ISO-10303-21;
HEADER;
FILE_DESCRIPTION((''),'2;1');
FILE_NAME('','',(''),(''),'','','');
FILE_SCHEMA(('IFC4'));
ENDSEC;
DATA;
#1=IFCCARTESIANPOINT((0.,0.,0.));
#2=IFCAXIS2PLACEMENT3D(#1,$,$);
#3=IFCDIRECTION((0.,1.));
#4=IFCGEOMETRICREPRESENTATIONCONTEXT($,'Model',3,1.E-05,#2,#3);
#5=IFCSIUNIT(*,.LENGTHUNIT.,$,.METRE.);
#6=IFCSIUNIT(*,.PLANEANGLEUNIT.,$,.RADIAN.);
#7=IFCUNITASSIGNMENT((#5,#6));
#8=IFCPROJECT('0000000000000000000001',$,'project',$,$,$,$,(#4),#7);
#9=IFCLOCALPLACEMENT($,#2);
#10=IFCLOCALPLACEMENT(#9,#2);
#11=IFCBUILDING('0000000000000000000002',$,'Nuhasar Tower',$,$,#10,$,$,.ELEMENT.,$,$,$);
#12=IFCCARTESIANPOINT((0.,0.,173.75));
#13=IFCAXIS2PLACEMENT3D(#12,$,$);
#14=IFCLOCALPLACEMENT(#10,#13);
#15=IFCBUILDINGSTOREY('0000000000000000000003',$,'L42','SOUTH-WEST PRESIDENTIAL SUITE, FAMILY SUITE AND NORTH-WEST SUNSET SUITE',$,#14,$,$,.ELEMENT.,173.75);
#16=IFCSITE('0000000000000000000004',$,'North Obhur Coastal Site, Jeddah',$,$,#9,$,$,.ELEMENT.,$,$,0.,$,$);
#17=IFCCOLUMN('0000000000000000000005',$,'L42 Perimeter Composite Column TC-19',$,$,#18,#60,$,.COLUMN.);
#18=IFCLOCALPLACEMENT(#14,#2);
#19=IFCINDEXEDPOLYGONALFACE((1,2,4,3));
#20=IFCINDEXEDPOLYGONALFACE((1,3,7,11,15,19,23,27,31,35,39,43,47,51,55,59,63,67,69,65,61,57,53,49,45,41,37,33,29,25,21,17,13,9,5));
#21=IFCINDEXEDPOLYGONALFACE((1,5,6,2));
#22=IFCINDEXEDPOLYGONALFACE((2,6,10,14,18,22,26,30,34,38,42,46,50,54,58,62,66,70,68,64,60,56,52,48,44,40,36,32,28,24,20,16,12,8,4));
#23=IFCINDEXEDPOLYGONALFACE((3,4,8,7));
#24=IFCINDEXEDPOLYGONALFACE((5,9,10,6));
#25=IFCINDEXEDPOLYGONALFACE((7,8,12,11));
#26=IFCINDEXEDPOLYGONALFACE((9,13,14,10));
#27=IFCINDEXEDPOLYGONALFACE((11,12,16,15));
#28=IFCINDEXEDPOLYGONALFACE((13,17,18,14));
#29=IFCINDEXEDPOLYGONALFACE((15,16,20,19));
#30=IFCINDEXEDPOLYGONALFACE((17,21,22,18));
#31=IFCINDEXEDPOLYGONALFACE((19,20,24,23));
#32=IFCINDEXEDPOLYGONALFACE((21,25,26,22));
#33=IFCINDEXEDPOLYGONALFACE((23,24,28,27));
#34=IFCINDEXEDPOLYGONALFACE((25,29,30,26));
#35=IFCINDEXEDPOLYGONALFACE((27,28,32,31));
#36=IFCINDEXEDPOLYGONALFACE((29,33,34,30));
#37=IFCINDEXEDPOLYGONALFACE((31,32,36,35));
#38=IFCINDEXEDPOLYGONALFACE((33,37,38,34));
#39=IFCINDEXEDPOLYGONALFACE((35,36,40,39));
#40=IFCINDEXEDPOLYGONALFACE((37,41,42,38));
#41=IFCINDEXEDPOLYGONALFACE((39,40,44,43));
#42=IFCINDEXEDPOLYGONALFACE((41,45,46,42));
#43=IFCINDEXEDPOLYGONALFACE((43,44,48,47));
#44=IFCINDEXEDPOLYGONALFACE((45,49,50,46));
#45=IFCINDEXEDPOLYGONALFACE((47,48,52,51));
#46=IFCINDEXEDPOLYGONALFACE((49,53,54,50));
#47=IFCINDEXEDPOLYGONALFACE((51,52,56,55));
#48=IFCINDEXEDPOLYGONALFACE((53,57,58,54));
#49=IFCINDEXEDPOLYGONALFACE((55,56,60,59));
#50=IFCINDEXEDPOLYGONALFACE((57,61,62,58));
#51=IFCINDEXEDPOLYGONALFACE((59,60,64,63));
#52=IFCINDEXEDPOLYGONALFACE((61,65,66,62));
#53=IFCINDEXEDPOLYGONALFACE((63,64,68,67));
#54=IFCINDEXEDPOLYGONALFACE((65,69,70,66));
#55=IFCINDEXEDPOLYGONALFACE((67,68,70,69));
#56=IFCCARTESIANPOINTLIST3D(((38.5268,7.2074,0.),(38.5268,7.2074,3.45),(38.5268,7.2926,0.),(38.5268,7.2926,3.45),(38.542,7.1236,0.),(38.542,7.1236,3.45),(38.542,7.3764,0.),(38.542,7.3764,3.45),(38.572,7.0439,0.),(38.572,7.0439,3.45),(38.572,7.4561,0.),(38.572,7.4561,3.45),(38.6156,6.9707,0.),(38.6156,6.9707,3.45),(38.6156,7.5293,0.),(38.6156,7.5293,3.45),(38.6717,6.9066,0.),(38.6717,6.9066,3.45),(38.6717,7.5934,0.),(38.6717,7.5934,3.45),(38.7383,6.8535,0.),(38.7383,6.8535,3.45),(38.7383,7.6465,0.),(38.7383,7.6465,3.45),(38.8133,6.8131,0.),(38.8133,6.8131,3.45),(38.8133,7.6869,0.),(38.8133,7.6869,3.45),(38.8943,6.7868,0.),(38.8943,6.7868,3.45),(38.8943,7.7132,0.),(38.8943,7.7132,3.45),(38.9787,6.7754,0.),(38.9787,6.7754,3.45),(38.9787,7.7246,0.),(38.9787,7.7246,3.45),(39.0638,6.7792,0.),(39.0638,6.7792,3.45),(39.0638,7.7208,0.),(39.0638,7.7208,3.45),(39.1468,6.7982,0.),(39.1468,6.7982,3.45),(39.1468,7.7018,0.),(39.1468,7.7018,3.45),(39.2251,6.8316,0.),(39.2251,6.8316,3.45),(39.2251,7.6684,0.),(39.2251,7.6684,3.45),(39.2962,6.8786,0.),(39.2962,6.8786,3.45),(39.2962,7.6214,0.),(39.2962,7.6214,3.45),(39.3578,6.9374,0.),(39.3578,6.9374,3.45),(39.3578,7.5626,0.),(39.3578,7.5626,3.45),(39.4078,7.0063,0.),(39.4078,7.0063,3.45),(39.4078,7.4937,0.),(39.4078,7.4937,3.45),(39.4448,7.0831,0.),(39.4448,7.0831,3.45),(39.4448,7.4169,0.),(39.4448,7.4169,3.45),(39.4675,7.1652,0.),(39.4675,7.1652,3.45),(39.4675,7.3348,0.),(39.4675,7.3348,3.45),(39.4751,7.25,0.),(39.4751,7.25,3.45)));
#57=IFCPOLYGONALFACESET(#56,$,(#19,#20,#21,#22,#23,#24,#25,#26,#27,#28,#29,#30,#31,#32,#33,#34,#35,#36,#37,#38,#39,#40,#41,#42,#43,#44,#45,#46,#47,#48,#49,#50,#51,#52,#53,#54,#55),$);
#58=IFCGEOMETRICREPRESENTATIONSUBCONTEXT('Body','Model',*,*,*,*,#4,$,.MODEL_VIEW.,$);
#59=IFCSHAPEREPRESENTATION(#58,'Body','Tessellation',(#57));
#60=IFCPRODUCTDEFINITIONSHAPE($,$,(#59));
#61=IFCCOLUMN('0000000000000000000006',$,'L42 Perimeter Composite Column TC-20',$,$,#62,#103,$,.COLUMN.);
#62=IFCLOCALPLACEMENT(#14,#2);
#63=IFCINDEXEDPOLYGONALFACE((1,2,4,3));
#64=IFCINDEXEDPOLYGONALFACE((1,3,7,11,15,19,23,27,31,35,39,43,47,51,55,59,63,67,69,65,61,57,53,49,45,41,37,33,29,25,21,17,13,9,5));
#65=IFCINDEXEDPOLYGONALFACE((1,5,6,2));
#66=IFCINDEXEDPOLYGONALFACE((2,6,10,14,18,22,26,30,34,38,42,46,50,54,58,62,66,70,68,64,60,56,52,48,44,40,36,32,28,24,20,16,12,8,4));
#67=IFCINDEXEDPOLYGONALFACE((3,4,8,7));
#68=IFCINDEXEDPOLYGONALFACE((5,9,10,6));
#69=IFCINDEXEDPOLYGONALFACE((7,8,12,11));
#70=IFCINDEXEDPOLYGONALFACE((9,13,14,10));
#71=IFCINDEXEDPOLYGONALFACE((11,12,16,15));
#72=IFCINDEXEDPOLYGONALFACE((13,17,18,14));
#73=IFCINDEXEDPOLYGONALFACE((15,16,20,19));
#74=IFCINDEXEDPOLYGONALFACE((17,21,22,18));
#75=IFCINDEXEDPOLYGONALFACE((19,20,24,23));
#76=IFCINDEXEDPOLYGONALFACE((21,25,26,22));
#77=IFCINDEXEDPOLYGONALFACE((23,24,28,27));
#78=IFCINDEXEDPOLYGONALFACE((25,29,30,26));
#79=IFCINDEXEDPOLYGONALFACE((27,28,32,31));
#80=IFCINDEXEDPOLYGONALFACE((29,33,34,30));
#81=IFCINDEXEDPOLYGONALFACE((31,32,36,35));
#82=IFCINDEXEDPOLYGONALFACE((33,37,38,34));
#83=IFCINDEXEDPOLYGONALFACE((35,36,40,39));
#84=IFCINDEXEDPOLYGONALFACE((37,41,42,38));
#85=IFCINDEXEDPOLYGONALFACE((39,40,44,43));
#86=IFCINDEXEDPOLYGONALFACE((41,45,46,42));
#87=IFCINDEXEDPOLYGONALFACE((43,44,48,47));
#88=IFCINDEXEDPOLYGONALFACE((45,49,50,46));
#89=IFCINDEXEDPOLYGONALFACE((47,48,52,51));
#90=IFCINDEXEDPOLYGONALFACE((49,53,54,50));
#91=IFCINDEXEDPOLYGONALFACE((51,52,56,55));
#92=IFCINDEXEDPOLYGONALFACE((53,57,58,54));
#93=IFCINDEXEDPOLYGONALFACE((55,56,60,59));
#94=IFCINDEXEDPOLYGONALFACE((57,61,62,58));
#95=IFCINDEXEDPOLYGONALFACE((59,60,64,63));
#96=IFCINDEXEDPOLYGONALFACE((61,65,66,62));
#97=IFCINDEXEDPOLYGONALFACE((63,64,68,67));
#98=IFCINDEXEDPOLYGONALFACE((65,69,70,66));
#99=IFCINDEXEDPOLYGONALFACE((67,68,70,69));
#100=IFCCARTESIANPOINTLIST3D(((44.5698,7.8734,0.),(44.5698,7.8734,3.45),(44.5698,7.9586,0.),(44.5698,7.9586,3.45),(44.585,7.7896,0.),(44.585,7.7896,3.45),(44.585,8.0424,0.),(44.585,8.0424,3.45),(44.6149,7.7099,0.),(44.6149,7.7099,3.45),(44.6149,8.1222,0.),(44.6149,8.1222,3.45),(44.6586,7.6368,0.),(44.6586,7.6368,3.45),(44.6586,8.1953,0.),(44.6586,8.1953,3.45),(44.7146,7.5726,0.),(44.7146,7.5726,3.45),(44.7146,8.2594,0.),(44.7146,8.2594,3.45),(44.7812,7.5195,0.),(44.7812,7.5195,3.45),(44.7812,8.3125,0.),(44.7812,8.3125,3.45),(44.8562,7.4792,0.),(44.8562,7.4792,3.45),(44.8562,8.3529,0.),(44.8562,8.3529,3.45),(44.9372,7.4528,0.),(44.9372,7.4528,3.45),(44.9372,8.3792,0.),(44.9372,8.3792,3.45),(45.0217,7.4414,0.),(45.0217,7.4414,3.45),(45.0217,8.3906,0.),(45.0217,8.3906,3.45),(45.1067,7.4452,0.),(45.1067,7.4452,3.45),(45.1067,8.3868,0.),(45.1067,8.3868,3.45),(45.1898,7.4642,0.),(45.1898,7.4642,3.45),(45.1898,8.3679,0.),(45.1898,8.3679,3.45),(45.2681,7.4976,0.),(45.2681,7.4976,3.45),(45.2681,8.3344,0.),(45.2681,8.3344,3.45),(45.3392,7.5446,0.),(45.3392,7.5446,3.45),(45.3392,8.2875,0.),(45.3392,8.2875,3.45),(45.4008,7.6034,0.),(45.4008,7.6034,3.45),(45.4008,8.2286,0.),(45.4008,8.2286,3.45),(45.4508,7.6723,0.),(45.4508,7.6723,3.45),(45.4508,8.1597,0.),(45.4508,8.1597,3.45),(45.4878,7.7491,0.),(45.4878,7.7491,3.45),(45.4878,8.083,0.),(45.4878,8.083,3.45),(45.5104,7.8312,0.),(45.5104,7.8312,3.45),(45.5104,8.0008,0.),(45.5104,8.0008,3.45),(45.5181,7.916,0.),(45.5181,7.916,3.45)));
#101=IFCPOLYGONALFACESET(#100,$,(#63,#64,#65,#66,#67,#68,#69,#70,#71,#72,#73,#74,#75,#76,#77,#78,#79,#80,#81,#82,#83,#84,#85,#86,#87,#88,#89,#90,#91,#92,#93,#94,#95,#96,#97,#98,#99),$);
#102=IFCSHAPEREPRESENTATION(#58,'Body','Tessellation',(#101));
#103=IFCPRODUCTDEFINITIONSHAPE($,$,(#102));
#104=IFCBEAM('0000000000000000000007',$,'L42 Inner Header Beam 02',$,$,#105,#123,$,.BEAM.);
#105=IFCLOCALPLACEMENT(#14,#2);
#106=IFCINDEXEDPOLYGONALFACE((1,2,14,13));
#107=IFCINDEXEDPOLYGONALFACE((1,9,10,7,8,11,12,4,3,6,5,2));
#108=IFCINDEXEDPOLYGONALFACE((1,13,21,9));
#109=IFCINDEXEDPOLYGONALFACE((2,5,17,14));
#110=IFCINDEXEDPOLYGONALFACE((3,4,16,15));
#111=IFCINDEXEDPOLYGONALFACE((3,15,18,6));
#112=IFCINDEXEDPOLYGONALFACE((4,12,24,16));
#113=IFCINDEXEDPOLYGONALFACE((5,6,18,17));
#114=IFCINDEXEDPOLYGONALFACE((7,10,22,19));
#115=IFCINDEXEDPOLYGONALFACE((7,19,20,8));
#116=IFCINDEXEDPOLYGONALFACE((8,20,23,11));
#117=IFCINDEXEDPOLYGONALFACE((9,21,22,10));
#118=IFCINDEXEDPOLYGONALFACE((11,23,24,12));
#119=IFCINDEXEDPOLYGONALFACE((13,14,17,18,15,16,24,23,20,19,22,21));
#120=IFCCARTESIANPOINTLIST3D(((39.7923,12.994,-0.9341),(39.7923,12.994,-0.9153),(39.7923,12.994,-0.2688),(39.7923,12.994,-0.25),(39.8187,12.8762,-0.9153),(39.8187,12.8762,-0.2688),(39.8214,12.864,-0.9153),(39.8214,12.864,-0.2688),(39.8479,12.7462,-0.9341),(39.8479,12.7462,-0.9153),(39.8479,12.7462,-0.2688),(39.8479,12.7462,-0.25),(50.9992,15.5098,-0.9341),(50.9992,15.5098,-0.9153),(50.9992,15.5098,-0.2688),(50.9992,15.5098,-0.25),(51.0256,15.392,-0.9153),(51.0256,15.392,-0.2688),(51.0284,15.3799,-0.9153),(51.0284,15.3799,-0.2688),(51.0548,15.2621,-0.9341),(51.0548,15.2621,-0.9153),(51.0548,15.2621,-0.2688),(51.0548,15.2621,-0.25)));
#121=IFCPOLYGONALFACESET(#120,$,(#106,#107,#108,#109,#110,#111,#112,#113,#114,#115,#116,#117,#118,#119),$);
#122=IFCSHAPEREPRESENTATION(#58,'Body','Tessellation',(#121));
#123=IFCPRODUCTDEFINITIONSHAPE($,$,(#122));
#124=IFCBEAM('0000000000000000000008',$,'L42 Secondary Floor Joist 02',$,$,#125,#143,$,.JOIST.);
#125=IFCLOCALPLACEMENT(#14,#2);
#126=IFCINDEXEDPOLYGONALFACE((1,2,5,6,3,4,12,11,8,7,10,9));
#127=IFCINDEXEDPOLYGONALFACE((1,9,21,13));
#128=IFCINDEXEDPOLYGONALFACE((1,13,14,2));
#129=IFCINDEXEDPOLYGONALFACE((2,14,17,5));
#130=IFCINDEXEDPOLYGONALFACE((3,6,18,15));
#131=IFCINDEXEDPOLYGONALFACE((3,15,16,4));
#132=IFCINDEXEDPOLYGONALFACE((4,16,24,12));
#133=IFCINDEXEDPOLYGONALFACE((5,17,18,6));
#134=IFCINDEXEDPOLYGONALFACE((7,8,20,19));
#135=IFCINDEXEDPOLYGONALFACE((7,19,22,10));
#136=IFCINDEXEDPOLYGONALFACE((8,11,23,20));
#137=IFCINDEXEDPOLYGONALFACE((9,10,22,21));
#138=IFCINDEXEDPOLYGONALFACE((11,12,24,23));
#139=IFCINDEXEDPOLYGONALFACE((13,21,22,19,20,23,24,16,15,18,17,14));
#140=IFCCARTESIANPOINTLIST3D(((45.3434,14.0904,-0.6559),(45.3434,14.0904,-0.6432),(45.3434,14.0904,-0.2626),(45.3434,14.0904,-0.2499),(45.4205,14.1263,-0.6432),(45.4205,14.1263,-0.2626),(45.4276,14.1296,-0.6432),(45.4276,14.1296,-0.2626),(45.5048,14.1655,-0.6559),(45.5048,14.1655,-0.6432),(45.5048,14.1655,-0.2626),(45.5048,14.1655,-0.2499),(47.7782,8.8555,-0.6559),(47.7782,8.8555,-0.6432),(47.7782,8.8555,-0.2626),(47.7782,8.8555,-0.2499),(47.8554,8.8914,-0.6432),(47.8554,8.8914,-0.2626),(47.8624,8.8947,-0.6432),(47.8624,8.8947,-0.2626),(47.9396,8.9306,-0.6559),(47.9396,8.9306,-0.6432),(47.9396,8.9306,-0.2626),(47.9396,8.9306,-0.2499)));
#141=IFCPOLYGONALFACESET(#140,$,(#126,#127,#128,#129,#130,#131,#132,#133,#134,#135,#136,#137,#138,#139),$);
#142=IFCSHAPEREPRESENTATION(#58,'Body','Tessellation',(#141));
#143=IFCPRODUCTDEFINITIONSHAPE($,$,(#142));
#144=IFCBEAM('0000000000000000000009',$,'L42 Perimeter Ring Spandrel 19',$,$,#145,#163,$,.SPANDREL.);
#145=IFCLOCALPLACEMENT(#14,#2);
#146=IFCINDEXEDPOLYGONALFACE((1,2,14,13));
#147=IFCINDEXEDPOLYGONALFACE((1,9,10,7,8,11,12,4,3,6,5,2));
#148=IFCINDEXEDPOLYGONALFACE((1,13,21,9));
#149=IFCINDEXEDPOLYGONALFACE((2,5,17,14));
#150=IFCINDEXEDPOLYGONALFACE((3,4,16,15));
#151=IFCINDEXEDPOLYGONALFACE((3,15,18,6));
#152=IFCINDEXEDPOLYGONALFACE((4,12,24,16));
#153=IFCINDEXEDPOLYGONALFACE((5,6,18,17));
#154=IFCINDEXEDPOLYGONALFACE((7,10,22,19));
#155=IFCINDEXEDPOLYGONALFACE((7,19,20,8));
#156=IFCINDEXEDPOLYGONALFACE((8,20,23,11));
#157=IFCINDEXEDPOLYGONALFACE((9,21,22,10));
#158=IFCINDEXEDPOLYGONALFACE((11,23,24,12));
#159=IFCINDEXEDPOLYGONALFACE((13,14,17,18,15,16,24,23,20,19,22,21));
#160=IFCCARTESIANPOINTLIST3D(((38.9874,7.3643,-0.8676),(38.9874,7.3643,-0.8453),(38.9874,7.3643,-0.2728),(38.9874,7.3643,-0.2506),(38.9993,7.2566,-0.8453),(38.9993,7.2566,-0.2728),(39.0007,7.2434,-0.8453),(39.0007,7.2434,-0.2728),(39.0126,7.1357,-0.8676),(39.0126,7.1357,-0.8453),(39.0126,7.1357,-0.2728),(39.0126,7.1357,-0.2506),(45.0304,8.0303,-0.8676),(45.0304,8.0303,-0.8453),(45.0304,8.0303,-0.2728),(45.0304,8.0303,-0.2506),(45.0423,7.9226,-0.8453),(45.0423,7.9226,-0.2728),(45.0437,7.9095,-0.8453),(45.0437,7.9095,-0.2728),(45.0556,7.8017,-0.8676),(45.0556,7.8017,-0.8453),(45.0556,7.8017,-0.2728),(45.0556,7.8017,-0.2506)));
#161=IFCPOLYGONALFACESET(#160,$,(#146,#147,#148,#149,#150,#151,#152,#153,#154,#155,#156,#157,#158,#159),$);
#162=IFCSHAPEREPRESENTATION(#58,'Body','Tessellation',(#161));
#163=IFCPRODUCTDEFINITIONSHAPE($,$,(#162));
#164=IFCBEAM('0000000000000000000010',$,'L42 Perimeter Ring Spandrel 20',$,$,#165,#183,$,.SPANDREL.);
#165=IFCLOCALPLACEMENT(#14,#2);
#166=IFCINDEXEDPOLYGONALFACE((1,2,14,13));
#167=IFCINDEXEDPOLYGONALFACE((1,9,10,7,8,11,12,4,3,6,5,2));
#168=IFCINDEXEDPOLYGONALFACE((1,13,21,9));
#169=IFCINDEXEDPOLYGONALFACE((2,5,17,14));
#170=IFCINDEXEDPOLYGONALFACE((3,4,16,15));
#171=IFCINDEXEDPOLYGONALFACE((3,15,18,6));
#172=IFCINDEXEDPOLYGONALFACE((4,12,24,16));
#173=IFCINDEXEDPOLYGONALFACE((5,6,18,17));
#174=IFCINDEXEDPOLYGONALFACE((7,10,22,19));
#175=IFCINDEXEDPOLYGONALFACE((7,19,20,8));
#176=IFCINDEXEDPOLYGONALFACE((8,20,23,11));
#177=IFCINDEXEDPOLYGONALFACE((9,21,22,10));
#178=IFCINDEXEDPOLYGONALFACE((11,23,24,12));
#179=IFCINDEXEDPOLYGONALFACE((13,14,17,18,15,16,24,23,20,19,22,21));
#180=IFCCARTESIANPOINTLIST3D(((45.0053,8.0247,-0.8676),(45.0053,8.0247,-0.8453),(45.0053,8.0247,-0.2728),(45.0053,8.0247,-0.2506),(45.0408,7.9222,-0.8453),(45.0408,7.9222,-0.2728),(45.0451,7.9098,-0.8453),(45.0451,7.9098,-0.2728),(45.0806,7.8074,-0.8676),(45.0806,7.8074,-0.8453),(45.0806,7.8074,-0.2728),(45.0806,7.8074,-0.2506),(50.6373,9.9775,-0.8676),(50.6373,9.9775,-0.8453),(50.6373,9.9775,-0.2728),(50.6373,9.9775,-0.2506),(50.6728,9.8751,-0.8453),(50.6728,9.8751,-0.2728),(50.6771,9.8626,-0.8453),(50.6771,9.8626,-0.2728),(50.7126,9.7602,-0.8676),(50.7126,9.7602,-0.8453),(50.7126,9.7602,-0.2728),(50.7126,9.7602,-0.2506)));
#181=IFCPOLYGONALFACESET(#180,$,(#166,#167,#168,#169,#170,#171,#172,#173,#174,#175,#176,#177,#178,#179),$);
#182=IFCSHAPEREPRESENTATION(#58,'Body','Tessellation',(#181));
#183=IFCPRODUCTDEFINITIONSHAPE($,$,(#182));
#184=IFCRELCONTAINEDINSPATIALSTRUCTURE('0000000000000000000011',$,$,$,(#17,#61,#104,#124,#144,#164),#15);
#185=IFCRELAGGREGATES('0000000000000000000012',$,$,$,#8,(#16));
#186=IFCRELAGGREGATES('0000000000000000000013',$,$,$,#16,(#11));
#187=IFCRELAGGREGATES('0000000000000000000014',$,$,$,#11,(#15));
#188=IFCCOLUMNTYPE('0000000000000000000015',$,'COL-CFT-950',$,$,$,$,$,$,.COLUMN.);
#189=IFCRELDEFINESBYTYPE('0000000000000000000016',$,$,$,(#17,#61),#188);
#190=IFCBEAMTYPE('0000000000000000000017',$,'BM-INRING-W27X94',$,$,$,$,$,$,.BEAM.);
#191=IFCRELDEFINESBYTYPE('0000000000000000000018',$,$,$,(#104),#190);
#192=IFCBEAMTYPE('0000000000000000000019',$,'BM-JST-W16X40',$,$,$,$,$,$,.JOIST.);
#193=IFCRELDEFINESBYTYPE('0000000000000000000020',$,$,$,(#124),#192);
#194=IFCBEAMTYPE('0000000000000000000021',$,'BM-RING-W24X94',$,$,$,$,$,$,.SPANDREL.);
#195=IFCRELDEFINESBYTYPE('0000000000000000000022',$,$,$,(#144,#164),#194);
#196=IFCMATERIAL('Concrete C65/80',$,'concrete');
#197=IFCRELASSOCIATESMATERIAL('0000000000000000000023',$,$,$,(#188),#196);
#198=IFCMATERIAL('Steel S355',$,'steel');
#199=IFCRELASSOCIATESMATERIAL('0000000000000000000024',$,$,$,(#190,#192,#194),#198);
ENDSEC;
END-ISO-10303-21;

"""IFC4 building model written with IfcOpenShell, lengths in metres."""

from ifc_helpers import new_model, si_unit, direction, frame, origin, origin_2d, place, context, subcontext, project, spatial, circle, i_section, extrude, material, material_profile, profile_set, type_object, element, save


model = new_model("IFC4")

# Units and contexts
model_context = context("Model", 3, precision=1e-05, world=origin(), true_north=direction((0.0, 1.0)))
body_context = subcontext(model_context, "Body", "Model", "MODEL_VIEW")
ifc_project = project(units=[si_unit("LENGTHUNIT", "METRE"), si_unit("PLANEANGLEUNIT", "RADIAN")], contexts=[model_context])

# Site, building, storey
site_placement = place(None, origin())
site = spatial("IfcSite", under=ifc_project, at=site_placement, Name="North Obhur Coastal Site, Jeddah", CompositionType="ELEMENT", RefElevation=0.0)
building_placement = place(site_placement, origin())
building = spatial("IfcBuilding", under=site, at=building_placement, Name="Nuhasar Tower", CompositionType="ELEMENT")
storey_placement = place(building_placement, frame((0.0, 0.0, 173.75)))
storey = spatial("IfcBuildingStorey", under=building, at=storey_placement, Name="L42", Description="SOUTH-WEST PRESIDENTIAL SUITE, FAMILY SUITE AND NORTH-WEST SUNSET SUITE", CompositionType="ELEMENT", Elevation=173.75)

# Columns
ifc_material_1 = material(Name="Concrete C65/80", Category="concrete")
ifc_material_profile_1 = material_profile(ifc_material_1, circle(Radius=0.4751, at=origin_2d()), Name="CFT950")
ifc_profile_set_1 = profile_set([ifc_material_profile_1], Name="Concrete C65/80")
column_type = type_object("IfcColumnType", Name="COL-CFT-950", PredefinedType="COLUMN", material=ifc_profile_set_1)
for number, where, z_axis, x_axis, name in (
    (1, (39.0, 7.25, 0.0), (0.0, 0.0, 1.0), (1.0, 0.0, 0.0), "L42 Perimeter Composite Column TC-19"),
    (2, (45.043, 7.916, 0.0), (0.0, 0.0, 1.0), (1.0, 0.0, 0.0), "L42 Perimeter Composite Column TC-20"),
):
    element("IfcColumn", number, at=place(storey_placement, frame(where, z_axis=z_axis, x_axis=x_axis)), inside=storey, type_object=column_type, Name=name, PredefinedType="COLUMN", context=body_context, shape_type="SweptSolid", body=[
        extrude(circle(Radius=0.4751, at=origin_2d()), origin(), (0.0, 0.0, 1.0), 3.45),
    ])

# Beams
ifc_material_2 = material(Name="Steel S355", Category="steel")
ifc_material_profile_2 = material_profile(ifc_material_2, i_section(OverallWidth=0.2539, OverallDepth=0.6841, WebThickness=0.0125, FlangeThickness=0.0188, at=origin_2d()), Name="W27X94")
ifc_profile_set_2 = profile_set([ifc_material_profile_2], Name="Steel S355")
beam_type_1 = type_object("IfcBeamType", Name="BM-INRING-W27X94", PredefinedType="BEAM", material=ifc_profile_set_2)
beam_1_placement = place(storey_placement, frame((39.8201, 12.8701, -0.592), z_axis=(0.975716, 0.219039, 0.0), x_axis=(-0.219039, 0.975716, 0.0)))
element("IfcBeam", 3, at=beam_1_placement, inside=storey, type_object=beam_type_1, Name="L42 Inner Header Beam 02", PredefinedType="BEAM", context=body_context, shape_type="SweptSolid", body=[
    extrude(i_section(OverallWidth=0.2539, OverallDepth=0.6841, WebThickness=0.0125, FlangeThickness=0.0188, at=origin_2d()), origin(), (0.0, 0.0, 1.0), 11.4858),
])
ifc_material_profile_3 = material_profile(ifc_material_2, i_section(OverallWidth=0.178, OverallDepth=0.406, WebThickness=0.0078, FlangeThickness=0.0127, at=origin_2d()), Name="W16X40")
ifc_profile_set_3 = profile_set([ifc_material_profile_3], Name="Steel S355")
beam_type_2 = type_object("IfcBeamType", Name="BM-JST-W16X40", PredefinedType="JOIST", material=ifc_profile_set_3)
beam_2_placement = place(storey_placement, frame((45.4241, 14.1279, -0.4529), z_axis=(0.42173, -0.906721, 0.0), x_axis=(0.906721, 0.42173, 0.0)))
element("IfcBeam", 4, at=beam_2_placement, inside=storey, type_object=beam_type_2, Name="L42 Secondary Floor Joist 02", PredefinedType="JOIST", context=body_context, shape_type="SweptSolid", body=[
    extrude(i_section(OverallWidth=0.178, OverallDepth=0.406, WebThickness=0.0078, FlangeThickness=0.0127, at=origin_2d()), origin(), (0.0, 0.0, 1.0), 5.7734),
])
ifc_material_profile_4 = material_profile(ifc_material_2, i_section(OverallWidth=0.23, OverallDepth=0.6169, WebThickness=0.0132, FlangeThickness=0.0222, at=origin_2d()), Name="W24X94")
ifc_profile_set_4 = profile_set([ifc_material_profile_4], Name="Steel S355")
beam_type_3 = type_object("IfcBeamType", Name="BM-RING-W24X94", PredefinedType="SPANDREL", material=ifc_profile_set_4)
beam_3_placement = place(storey_placement, frame((39.0, 7.25, -0.5591), z_axis=(0.993981, 0.10955, 0.0), x_axis=(-0.10955, 0.993981, 0.0)))
element("IfcBeam", 5, at=beam_3_placement, inside=storey, type_object=beam_type_3, Name="L42 Perimeter Ring Spandrel 19", PredefinedType="SPANDREL", context=body_context, shape_type="SweptSolid", body=[
    extrude(i_section(OverallWidth=0.23, OverallDepth=0.6169, WebThickness=0.0132, FlangeThickness=0.0222, at=origin_2d()), origin(), (0.0, 0.0, 1.0), 6.0796),
])
beam_4_placement = place(storey_placement, frame((45.043, 7.916, -0.5591), z_axis=(0.944814, 0.327607, 0.0), x_axis=(-0.327607, 0.944814, 0.0)))
element("IfcBeam", 6, at=beam_4_placement, inside=storey, type_object=beam_type_3, Name="L42 Perimeter Ring Spandrel 20", PredefinedType="SPANDREL", context=body_context, shape_type="SweptSolid", body=[
    extrude(i_section(OverallWidth=0.23, OverallDepth=0.6169, WebThickness=0.0132, FlangeThickness=0.0222, at=origin_2d()), origin(), (0.0, 0.0, 1.0), 5.9609),
])

save(model, "model.ifc")
